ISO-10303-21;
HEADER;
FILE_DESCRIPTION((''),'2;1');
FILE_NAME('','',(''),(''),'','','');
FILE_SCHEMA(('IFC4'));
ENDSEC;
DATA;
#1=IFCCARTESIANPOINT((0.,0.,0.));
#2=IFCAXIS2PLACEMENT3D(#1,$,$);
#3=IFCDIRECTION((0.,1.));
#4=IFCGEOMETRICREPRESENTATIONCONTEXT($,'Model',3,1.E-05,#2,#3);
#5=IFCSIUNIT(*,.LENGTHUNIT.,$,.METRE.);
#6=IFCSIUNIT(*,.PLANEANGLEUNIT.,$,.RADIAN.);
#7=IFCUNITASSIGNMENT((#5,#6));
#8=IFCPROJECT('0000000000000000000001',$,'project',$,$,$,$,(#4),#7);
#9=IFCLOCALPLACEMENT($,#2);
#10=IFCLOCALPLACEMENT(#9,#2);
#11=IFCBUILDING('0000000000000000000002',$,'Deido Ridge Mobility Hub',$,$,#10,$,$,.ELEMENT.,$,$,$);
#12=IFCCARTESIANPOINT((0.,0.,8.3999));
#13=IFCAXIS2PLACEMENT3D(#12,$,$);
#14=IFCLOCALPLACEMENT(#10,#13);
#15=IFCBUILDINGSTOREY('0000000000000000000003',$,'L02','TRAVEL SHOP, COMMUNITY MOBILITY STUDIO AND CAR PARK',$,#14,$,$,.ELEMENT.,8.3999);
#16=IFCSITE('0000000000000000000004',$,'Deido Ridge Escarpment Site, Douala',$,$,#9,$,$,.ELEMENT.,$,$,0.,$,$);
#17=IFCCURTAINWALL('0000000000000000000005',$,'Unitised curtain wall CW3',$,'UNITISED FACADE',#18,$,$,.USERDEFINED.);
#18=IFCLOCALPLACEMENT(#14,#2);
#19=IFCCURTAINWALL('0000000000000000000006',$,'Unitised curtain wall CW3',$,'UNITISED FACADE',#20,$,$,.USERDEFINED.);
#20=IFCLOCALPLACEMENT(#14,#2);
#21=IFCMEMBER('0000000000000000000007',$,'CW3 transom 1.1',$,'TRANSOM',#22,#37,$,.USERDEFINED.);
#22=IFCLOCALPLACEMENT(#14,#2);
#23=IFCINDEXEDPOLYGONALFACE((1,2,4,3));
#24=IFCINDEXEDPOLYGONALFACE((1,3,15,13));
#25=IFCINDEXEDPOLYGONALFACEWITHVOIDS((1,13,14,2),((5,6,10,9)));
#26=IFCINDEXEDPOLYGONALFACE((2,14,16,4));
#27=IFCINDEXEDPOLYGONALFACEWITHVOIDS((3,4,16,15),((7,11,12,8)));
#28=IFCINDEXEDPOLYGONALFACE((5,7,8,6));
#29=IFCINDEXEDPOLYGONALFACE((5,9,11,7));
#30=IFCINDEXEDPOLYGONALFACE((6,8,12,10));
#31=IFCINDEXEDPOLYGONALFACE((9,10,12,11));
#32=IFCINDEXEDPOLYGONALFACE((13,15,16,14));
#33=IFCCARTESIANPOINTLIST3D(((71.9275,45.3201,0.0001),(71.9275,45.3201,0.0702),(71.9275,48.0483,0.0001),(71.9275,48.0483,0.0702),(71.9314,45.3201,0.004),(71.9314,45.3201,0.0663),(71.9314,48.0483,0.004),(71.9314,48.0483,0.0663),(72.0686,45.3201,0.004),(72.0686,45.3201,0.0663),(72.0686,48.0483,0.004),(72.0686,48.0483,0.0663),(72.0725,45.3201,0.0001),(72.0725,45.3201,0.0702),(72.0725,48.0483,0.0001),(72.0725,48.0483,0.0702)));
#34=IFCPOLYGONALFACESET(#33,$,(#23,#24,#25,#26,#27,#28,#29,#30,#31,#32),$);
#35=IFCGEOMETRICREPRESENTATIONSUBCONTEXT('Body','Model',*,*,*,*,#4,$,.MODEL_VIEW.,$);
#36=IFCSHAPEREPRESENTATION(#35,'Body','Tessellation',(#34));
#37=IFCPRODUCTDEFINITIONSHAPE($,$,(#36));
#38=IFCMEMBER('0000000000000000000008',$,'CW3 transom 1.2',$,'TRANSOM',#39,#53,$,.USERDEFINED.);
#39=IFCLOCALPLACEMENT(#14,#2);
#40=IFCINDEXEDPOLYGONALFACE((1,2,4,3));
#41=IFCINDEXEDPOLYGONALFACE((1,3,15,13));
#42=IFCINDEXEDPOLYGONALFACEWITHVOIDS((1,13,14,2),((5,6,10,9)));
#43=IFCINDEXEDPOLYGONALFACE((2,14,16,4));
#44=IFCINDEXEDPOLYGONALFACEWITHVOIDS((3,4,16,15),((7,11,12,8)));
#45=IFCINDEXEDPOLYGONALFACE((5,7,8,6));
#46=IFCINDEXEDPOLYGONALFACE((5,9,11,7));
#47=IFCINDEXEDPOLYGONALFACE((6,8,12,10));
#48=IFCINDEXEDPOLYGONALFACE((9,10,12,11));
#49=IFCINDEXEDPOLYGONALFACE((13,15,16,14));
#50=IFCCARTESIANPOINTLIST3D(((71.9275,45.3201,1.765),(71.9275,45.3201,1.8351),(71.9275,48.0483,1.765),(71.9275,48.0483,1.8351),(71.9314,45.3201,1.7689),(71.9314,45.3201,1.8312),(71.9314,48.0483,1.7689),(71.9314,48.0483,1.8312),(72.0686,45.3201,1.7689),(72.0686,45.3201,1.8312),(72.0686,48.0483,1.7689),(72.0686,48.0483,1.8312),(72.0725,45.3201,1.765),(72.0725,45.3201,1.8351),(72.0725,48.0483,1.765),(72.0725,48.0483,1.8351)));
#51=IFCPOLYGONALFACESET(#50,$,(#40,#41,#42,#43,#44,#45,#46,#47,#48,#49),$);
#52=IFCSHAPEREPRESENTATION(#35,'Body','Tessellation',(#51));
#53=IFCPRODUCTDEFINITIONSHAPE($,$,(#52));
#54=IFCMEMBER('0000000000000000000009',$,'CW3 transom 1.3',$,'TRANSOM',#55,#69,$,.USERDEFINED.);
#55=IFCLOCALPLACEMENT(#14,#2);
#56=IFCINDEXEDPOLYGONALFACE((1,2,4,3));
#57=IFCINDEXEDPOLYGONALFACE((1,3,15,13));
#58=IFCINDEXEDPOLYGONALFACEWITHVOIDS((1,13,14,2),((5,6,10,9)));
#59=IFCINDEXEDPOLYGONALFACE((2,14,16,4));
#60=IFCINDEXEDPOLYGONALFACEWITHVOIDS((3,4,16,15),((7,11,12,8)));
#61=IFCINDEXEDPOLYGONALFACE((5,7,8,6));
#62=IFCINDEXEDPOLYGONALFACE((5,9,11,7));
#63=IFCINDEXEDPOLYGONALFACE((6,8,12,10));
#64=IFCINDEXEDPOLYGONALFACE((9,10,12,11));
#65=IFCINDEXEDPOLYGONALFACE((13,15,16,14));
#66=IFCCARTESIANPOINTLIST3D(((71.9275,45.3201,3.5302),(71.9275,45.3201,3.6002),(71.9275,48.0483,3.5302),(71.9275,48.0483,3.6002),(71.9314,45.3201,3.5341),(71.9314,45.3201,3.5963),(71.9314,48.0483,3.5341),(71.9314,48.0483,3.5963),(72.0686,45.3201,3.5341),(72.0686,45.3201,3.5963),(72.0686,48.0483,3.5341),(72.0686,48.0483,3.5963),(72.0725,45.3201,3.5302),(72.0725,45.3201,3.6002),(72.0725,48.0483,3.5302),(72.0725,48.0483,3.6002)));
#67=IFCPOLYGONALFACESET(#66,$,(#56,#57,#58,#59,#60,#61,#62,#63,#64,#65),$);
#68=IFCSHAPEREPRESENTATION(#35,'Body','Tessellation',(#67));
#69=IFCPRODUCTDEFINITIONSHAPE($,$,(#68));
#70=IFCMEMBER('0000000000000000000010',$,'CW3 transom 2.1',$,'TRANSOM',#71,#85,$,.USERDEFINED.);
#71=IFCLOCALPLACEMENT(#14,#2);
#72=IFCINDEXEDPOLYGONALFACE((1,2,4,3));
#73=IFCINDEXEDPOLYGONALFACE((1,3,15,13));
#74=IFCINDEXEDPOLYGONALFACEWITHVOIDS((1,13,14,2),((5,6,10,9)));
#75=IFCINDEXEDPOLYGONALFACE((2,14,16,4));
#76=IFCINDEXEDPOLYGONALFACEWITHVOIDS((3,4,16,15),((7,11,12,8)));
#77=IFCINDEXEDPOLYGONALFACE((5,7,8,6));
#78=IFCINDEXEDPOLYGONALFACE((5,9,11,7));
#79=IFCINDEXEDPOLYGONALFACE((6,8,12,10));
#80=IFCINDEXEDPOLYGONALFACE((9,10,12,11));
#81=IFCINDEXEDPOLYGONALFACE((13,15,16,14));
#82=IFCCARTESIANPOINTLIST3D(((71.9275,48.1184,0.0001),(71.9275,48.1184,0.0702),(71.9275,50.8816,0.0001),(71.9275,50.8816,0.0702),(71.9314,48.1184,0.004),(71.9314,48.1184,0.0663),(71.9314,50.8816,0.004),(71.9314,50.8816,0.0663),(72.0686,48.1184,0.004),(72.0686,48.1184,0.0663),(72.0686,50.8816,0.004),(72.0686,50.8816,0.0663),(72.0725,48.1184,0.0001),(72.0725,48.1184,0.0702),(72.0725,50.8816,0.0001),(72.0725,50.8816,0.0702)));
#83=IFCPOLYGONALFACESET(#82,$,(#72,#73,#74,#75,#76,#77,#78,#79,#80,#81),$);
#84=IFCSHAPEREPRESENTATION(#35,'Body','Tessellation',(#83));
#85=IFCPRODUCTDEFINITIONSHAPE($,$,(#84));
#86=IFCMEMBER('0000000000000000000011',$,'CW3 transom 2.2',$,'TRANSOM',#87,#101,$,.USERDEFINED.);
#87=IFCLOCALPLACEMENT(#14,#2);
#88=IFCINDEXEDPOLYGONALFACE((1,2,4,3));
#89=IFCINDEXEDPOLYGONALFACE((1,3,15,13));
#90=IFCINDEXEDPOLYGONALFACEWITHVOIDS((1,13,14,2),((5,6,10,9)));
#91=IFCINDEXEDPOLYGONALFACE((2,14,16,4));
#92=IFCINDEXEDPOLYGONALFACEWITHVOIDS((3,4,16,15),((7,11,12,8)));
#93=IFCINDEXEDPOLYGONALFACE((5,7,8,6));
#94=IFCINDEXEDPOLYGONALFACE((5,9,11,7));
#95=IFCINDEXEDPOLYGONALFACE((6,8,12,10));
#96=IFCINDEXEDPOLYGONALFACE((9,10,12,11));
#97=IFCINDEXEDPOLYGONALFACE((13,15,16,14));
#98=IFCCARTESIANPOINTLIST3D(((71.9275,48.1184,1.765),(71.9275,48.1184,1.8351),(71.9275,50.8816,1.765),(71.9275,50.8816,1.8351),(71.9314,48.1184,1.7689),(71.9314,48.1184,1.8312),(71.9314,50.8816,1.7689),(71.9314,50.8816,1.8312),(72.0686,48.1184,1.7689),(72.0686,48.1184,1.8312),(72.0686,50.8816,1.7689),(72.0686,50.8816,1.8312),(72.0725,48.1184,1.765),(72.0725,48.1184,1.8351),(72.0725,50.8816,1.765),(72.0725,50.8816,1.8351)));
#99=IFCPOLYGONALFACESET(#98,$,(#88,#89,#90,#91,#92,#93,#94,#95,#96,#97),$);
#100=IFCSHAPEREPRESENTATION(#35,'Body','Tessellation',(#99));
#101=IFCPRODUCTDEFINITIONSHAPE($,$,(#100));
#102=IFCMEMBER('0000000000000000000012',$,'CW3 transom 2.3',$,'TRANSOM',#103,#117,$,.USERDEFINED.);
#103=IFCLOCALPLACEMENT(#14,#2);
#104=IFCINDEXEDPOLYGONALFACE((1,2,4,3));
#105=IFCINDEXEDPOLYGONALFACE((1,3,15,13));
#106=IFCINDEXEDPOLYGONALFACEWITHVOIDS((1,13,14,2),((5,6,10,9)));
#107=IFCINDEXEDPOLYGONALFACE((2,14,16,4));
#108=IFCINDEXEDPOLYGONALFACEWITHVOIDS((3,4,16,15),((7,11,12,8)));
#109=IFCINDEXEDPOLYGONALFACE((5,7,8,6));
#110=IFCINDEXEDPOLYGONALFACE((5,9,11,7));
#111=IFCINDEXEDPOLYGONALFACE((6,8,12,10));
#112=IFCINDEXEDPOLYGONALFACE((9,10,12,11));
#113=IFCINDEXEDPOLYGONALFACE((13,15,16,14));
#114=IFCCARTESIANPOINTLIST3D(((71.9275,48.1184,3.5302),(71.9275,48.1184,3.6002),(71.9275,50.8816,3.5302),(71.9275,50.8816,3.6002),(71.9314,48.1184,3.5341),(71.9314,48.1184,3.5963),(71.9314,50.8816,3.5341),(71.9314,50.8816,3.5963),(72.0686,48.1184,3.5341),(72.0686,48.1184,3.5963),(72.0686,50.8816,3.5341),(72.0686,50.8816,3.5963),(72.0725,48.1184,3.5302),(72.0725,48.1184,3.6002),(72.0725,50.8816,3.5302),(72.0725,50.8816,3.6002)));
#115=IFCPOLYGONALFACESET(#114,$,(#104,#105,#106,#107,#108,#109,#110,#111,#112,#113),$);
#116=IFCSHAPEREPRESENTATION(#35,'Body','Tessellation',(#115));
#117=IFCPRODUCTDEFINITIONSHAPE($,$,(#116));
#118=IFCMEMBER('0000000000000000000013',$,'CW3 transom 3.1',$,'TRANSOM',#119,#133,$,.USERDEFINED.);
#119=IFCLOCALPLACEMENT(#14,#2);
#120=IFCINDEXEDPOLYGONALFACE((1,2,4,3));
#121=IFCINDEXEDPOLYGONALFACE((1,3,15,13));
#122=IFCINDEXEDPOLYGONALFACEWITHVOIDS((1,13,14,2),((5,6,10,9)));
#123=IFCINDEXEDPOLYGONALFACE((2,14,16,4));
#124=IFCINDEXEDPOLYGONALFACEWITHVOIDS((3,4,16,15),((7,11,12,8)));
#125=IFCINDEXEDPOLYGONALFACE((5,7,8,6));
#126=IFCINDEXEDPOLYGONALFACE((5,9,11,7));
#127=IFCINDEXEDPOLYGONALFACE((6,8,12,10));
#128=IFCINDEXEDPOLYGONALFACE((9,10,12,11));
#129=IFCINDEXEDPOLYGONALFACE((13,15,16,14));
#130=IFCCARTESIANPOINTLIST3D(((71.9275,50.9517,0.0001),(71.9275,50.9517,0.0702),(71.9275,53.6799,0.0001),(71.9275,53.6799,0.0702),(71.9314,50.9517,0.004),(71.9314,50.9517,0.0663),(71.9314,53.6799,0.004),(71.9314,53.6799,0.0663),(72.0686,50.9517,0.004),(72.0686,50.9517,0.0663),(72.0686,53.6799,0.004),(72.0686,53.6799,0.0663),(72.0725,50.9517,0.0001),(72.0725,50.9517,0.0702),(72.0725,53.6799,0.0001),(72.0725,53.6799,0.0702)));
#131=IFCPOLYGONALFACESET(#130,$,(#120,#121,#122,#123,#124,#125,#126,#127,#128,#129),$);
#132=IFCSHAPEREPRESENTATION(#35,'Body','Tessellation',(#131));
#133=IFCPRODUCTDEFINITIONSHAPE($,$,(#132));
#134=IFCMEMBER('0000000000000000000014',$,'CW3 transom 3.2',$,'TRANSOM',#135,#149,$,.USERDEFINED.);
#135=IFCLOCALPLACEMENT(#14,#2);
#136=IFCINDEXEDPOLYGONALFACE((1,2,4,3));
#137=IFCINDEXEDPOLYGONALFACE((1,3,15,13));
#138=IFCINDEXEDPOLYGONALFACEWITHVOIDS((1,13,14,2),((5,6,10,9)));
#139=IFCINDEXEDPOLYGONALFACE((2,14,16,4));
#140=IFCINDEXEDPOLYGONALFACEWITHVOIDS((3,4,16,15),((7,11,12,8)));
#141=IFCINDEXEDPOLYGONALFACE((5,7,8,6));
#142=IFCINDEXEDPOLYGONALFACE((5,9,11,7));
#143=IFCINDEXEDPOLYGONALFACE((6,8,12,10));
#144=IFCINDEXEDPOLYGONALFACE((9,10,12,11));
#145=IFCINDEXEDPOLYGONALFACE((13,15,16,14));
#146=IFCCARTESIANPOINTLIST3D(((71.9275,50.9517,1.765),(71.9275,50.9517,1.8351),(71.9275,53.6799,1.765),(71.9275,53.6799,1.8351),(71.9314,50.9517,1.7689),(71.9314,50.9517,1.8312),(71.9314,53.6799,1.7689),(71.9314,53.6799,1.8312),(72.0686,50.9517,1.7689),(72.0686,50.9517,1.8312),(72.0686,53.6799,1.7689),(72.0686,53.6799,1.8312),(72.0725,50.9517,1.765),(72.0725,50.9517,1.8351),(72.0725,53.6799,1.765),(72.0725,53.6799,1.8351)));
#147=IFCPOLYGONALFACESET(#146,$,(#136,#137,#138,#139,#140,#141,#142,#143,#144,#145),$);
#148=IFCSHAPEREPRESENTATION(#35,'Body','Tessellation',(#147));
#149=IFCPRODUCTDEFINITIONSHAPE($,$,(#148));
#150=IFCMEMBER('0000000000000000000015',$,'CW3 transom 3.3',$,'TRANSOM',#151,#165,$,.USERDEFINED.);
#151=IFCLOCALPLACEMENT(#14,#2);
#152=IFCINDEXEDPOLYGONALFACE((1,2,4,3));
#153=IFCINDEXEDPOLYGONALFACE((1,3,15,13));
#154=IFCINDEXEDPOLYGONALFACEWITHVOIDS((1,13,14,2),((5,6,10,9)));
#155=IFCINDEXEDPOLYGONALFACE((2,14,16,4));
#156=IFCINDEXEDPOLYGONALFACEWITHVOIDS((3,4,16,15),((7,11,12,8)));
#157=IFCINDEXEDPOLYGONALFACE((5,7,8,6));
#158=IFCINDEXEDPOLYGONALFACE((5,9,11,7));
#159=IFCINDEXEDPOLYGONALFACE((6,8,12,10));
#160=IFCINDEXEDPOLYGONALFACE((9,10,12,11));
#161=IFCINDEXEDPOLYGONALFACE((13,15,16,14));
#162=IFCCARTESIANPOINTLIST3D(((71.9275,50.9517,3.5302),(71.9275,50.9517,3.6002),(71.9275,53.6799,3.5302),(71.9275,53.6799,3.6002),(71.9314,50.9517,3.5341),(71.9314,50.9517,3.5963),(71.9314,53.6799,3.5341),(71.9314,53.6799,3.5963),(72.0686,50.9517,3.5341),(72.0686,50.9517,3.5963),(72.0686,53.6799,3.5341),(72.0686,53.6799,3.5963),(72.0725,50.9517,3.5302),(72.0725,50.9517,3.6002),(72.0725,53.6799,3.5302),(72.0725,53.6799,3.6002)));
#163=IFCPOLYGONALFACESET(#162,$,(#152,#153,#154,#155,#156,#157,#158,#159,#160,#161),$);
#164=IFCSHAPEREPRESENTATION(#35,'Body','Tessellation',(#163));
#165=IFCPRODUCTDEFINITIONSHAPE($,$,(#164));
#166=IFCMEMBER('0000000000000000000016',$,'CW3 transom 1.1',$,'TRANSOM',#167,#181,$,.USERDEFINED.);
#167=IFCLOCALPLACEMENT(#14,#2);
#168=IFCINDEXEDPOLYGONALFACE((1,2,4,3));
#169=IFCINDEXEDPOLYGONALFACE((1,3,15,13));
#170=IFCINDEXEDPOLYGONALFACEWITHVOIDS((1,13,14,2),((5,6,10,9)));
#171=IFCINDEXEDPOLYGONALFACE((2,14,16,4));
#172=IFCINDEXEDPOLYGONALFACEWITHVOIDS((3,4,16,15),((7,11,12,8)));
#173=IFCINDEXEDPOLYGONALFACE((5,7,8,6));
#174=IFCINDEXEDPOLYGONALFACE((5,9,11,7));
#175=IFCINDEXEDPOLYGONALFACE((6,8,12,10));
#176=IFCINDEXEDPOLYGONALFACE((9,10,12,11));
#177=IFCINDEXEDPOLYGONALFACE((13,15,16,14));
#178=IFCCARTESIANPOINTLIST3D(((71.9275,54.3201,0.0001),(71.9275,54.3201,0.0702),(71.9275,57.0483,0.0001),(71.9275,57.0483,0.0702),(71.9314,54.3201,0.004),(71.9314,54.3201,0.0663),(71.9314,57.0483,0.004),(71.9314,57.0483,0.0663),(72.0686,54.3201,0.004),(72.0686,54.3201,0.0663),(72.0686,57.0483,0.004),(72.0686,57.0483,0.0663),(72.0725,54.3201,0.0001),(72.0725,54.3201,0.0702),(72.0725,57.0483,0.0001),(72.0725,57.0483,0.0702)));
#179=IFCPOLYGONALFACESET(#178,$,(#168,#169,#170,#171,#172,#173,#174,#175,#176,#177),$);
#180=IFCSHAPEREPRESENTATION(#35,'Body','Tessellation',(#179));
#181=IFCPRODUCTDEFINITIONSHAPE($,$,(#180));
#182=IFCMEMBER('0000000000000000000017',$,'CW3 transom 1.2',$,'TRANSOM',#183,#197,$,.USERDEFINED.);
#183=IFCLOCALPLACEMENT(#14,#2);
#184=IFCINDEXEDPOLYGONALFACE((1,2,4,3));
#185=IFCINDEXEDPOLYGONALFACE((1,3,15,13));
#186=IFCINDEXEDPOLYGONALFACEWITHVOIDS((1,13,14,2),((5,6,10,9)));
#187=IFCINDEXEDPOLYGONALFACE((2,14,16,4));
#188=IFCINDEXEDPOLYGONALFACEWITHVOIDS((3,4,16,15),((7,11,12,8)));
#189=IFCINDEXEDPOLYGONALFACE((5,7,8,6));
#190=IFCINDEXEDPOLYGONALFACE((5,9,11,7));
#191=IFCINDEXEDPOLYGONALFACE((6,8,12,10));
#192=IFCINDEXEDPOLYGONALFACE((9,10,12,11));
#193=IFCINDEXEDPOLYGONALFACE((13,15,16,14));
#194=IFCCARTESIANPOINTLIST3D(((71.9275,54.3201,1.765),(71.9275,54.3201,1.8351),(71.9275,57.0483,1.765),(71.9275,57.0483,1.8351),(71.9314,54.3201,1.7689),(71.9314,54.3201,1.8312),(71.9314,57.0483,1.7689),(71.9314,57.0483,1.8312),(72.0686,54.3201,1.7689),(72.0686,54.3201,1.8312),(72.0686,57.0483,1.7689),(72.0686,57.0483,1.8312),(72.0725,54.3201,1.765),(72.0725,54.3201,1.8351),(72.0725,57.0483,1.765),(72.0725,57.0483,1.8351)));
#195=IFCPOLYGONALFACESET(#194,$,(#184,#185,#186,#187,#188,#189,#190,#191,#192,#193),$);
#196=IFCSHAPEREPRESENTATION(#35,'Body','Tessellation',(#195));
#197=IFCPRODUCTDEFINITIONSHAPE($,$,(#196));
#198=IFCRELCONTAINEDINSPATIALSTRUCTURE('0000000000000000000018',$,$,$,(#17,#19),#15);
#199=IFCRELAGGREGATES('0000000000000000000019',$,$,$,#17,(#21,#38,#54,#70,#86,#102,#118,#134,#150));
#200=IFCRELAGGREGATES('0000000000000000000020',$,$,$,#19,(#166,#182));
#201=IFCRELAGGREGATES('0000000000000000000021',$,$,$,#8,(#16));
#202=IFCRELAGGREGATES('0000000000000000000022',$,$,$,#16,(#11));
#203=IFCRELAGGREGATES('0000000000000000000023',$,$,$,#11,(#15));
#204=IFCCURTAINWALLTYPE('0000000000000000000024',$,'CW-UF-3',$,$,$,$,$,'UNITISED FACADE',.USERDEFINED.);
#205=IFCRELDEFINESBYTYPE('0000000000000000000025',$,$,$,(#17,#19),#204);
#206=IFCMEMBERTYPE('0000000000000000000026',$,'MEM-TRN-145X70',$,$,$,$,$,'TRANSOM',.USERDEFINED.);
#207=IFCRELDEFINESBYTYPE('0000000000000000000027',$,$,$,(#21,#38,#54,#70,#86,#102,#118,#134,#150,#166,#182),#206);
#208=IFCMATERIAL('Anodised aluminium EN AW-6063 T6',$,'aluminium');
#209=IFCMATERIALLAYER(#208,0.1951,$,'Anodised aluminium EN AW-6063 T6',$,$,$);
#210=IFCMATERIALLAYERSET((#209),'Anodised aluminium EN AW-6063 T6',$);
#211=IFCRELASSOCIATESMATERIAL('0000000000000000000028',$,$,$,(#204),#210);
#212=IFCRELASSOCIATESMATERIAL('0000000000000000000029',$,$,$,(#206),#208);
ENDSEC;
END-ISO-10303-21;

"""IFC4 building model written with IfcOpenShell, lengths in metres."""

from ifc_helpers import new_model, si_unit, direction, frame, origin, origin_2d, place, context, subcontext, project, spatial, hollow_rectangle, extrude, material, layer, layer_set, material_profile, profile_set, type_object, element, aggregate, save


model = new_model("IFC4")

# Units and contexts
model_context = context("Model", 3, precision=1e-05, world=origin(), true_north=direction((0.0, 1.0)))
body_context = subcontext(model_context, "Body", "Model", "MODEL_VIEW")
ifc_project = project(units=[si_unit("LENGTHUNIT", "METRE"), si_unit("PLANEANGLEUNIT", "RADIAN")], contexts=[model_context])

# Site, building, storey
site_placement = place(None, origin())
site = spatial("IfcSite", under=ifc_project, at=site_placement, Name="Deido Ridge Escarpment Site, Douala", CompositionType="ELEMENT", RefElevation=0.0)
building_placement = place(site_placement, origin())
building = spatial("IfcBuilding", under=site, at=building_placement, Name="Deido Ridge Mobility Hub", CompositionType="ELEMENT")
storey_placement = place(building_placement, frame((0.0, 0.0, 8.3999)))
storey = spatial("IfcBuildingStorey", under=building, at=storey_placement, Name="L02", Description="TRAVEL SHOP, COMMUNITY MOBILITY STUDIO AND CAR PARK", CompositionType="ELEMENT", Elevation=8.3999)

# Curtain walls
ifc_material_1 = material(Name="Anodised aluminium EN AW-6063 T6", Category="aluminium")
ifc_layer_1 = layer(ifc_material_1, 0.1951, Name="Anodised aluminium EN AW-6063 T6")
ifc_layer_set_1 = layer_set([ifc_layer_1], Name="Anodised aluminium EN AW-6063 T6")
curtain_wall_type_1 = type_object("IfcCurtainWallType", Name="CW-UF-3", ElementType="UNITISED FACADE", PredefinedType="USERDEFINED", material=ifc_layer_set_1)
curtain_wall_1_placement = place(storey_placement, origin())
curtain_wall_1 = element("IfcCurtainWall", 1, at=curtain_wall_1_placement, inside=storey, type_object=curtain_wall_type_1, Name="Unitised curtain wall CW3", ObjectType="UNITISED FACADE", PredefinedType="USERDEFINED")
curtain_wall_2_placement = place(storey_placement, origin())
curtain_wall_2 = element("IfcCurtainWall", 2, at=curtain_wall_2_placement, inside=storey, type_object=curtain_wall_type_1, Name="Unitised curtain wall CW3", ObjectType="UNITISED FACADE", PredefinedType="USERDEFINED")

# Members
ifc_material_profile_1 = material_profile(ifc_material_1, hollow_rectangle(XDim=0.145, YDim=0.0701, WallThickness=0.0039, at=origin_2d()), Name="RHS 145x70x4")
ifc_profile_set_1 = profile_set([ifc_material_profile_1], Name="Anodised aluminium EN AW-6063 T6")
member_type_1 = type_object("IfcMemberType", Name="MEM-TRN-145X70", ElementType="TRANSOM", PredefinedType="USERDEFINED", material=ifc_profile_set_1)
member_1_placement = place(storey_placement, frame((72.0, 45.3201, 0.0352), z_axis=(0.0, 1.0, 0.0), x_axis=(-1.0, 0.0, 0.0)))
member_1 = element("IfcMember", 3, at=member_1_placement, type_object=member_type_1, Name="CW3 transom 1.1", ObjectType="TRANSOM", PredefinedType="USERDEFINED", context=body_context, shape_type="SweptSolid", body=[
    extrude(hollow_rectangle(XDim=0.145, YDim=0.0701, WallThickness=0.0039, at=origin_2d()), origin(), (0.0, 0.0, 1.0), 2.7283),
])
member_2_placement = place(storey_placement, frame((72.0, 45.3201, 1.8), z_axis=(0.0, 1.0, 0.0), x_axis=(-1.0, 0.0, 0.0)))
member_2 = element("IfcMember", 4, at=member_2_placement, type_object=member_type_1, Name="CW3 transom 1.2", ObjectType="TRANSOM", PredefinedType="USERDEFINED", context=body_context, shape_type="SweptSolid", body=[
    extrude(hollow_rectangle(XDim=0.145, YDim=0.0701, WallThickness=0.0039, at=origin_2d()), origin(), (0.0, 0.0, 1.0), 2.7283),
])
member_3_placement = place(storey_placement, frame((72.0, 45.3201, 3.5652), z_axis=(0.0, 1.0, 0.0), x_axis=(-1.0, 0.0, 0.0)))
member_3 = element("IfcMember", 5, at=member_3_placement, type_object=member_type_1, Name="CW3 transom 1.3", ObjectType="TRANSOM", PredefinedType="USERDEFINED", context=body_context, shape_type="SweptSolid", body=[
    extrude(hollow_rectangle(XDim=0.145, YDim=0.0701, WallThickness=0.0039, at=origin_2d()), origin(), (0.0, 0.0, 1.0), 2.7283),
])
member_4_placement = place(storey_placement, frame((72.0, 48.1184, 0.0352), z_axis=(0.0, 1.0, 0.0), x_axis=(-1.0, 0.0, 0.0)))
member_4 = element("IfcMember", 6, at=member_4_placement, type_object=member_type_1, Name="CW3 transom 2.1", ObjectType="TRANSOM", PredefinedType="USERDEFINED", context=body_context, shape_type="SweptSolid", body=[
    extrude(hollow_rectangle(XDim=0.145, YDim=0.0701, WallThickness=0.0039, at=origin_2d()), origin(), (0.0, 0.0, 1.0), 2.7632),
])
member_5_placement = place(storey_placement, frame((72.0, 48.1184, 1.8), z_axis=(0.0, 1.0, 0.0), x_axis=(-1.0, 0.0, 0.0)))
member_5 = element("IfcMember", 7, at=member_5_placement, type_object=member_type_1, Name="CW3 transom 2.2", ObjectType="TRANSOM", PredefinedType="USERDEFINED", context=body_context, shape_type="SweptSolid", body=[
    extrude(hollow_rectangle(XDim=0.145, YDim=0.0701, WallThickness=0.0039, at=origin_2d()), origin(), (0.0, 0.0, 1.0), 2.7632),
])
member_6_placement = place(storey_placement, frame((72.0, 48.1184, 3.5652), z_axis=(0.0, 1.0, 0.0), x_axis=(-1.0, 0.0, 0.0)))
member_6 = element("IfcMember", 8, at=member_6_placement, type_object=member_type_1, Name="CW3 transom 2.3", ObjectType="TRANSOM", PredefinedType="USERDEFINED", context=body_context, shape_type="SweptSolid", body=[
    extrude(hollow_rectangle(XDim=0.145, YDim=0.0701, WallThickness=0.0039, at=origin_2d()), origin(), (0.0, 0.0, 1.0), 2.7632),
])
member_7_placement = place(storey_placement, frame((72.0, 50.9517, 0.0352), z_axis=(0.0, 1.0, 0.0), x_axis=(-1.0, 0.0, 0.0)))
member_7 = element("IfcMember", 9, at=member_7_placement, type_object=member_type_1, Name="CW3 transom 3.1", ObjectType="TRANSOM", PredefinedType="USERDEFINED", context=body_context, shape_type="SweptSolid", body=[
    extrude(hollow_rectangle(XDim=0.145, YDim=0.0701, WallThickness=0.0039, at=origin_2d()), origin(), (0.0, 0.0, 1.0), 2.7283),
])
member_8_placement = place(storey_placement, frame((72.0, 50.9517, 1.8), z_axis=(0.0, 1.0, 0.0), x_axis=(-1.0, 0.0, 0.0)))
member_8 = element("IfcMember", 10, at=member_8_placement, type_object=member_type_1, Name="CW3 transom 3.2", ObjectType="TRANSOM", PredefinedType="USERDEFINED", context=body_context, shape_type="SweptSolid", body=[
    extrude(hollow_rectangle(XDim=0.145, YDim=0.0701, WallThickness=0.0039, at=origin_2d()), origin(), (0.0, 0.0, 1.0), 2.7283),
])
member_9_placement = place(storey_placement, frame((72.0, 50.9517, 3.5652), z_axis=(0.0, 1.0, 0.0), x_axis=(-1.0, 0.0, 0.0)))
member_9 = element("IfcMember", 11, at=member_9_placement, type_object=member_type_1, Name="CW3 transom 3.3", ObjectType="TRANSOM", PredefinedType="USERDEFINED", context=body_context, shape_type="SweptSolid", body=[
    extrude(hollow_rectangle(XDim=0.145, YDim=0.0701, WallThickness=0.0039, at=origin_2d()), origin(), (0.0, 0.0, 1.0), 2.7283),
])
member_10_placement = place(storey_placement, frame((72.0, 54.3201, 0.0352), z_axis=(0.0, 1.0, 0.0), x_axis=(-1.0, 0.0, 0.0)))
member_10 = element("IfcMember", 12, at=member_10_placement, type_object=member_type_1, Name="CW3 transom 1.1", ObjectType="TRANSOM", PredefinedType="USERDEFINED", context=body_context, shape_type="SweptSolid", body=[
    extrude(hollow_rectangle(XDim=0.145, YDim=0.0701, WallThickness=0.0039, at=origin_2d()), origin(), (0.0, 0.0, 1.0), 2.7283),
])
member_11_placement = place(storey_placement, frame((72.0, 54.3201, 1.8), z_axis=(0.0, 1.0, 0.0), x_axis=(-1.0, 0.0, 0.0)))
member_11 = element("IfcMember", 13, at=member_11_placement, type_object=member_type_1, Name="CW3 transom 1.2", ObjectType="TRANSOM", PredefinedType="USERDEFINED", context=body_context, shape_type="SweptSolid", body=[
    extrude(hollow_rectangle(XDim=0.145, YDim=0.0701, WallThickness=0.0039, at=origin_2d()), origin(), (0.0, 0.0, 1.0), 2.7283),
])

aggregate(curtain_wall_1, [member_1, member_2, member_3, member_4, member_5, member_6, member_7, member_8, member_9])
aggregate(curtain_wall_2, [member_10, member_11])

save(model, "model.ifc")
